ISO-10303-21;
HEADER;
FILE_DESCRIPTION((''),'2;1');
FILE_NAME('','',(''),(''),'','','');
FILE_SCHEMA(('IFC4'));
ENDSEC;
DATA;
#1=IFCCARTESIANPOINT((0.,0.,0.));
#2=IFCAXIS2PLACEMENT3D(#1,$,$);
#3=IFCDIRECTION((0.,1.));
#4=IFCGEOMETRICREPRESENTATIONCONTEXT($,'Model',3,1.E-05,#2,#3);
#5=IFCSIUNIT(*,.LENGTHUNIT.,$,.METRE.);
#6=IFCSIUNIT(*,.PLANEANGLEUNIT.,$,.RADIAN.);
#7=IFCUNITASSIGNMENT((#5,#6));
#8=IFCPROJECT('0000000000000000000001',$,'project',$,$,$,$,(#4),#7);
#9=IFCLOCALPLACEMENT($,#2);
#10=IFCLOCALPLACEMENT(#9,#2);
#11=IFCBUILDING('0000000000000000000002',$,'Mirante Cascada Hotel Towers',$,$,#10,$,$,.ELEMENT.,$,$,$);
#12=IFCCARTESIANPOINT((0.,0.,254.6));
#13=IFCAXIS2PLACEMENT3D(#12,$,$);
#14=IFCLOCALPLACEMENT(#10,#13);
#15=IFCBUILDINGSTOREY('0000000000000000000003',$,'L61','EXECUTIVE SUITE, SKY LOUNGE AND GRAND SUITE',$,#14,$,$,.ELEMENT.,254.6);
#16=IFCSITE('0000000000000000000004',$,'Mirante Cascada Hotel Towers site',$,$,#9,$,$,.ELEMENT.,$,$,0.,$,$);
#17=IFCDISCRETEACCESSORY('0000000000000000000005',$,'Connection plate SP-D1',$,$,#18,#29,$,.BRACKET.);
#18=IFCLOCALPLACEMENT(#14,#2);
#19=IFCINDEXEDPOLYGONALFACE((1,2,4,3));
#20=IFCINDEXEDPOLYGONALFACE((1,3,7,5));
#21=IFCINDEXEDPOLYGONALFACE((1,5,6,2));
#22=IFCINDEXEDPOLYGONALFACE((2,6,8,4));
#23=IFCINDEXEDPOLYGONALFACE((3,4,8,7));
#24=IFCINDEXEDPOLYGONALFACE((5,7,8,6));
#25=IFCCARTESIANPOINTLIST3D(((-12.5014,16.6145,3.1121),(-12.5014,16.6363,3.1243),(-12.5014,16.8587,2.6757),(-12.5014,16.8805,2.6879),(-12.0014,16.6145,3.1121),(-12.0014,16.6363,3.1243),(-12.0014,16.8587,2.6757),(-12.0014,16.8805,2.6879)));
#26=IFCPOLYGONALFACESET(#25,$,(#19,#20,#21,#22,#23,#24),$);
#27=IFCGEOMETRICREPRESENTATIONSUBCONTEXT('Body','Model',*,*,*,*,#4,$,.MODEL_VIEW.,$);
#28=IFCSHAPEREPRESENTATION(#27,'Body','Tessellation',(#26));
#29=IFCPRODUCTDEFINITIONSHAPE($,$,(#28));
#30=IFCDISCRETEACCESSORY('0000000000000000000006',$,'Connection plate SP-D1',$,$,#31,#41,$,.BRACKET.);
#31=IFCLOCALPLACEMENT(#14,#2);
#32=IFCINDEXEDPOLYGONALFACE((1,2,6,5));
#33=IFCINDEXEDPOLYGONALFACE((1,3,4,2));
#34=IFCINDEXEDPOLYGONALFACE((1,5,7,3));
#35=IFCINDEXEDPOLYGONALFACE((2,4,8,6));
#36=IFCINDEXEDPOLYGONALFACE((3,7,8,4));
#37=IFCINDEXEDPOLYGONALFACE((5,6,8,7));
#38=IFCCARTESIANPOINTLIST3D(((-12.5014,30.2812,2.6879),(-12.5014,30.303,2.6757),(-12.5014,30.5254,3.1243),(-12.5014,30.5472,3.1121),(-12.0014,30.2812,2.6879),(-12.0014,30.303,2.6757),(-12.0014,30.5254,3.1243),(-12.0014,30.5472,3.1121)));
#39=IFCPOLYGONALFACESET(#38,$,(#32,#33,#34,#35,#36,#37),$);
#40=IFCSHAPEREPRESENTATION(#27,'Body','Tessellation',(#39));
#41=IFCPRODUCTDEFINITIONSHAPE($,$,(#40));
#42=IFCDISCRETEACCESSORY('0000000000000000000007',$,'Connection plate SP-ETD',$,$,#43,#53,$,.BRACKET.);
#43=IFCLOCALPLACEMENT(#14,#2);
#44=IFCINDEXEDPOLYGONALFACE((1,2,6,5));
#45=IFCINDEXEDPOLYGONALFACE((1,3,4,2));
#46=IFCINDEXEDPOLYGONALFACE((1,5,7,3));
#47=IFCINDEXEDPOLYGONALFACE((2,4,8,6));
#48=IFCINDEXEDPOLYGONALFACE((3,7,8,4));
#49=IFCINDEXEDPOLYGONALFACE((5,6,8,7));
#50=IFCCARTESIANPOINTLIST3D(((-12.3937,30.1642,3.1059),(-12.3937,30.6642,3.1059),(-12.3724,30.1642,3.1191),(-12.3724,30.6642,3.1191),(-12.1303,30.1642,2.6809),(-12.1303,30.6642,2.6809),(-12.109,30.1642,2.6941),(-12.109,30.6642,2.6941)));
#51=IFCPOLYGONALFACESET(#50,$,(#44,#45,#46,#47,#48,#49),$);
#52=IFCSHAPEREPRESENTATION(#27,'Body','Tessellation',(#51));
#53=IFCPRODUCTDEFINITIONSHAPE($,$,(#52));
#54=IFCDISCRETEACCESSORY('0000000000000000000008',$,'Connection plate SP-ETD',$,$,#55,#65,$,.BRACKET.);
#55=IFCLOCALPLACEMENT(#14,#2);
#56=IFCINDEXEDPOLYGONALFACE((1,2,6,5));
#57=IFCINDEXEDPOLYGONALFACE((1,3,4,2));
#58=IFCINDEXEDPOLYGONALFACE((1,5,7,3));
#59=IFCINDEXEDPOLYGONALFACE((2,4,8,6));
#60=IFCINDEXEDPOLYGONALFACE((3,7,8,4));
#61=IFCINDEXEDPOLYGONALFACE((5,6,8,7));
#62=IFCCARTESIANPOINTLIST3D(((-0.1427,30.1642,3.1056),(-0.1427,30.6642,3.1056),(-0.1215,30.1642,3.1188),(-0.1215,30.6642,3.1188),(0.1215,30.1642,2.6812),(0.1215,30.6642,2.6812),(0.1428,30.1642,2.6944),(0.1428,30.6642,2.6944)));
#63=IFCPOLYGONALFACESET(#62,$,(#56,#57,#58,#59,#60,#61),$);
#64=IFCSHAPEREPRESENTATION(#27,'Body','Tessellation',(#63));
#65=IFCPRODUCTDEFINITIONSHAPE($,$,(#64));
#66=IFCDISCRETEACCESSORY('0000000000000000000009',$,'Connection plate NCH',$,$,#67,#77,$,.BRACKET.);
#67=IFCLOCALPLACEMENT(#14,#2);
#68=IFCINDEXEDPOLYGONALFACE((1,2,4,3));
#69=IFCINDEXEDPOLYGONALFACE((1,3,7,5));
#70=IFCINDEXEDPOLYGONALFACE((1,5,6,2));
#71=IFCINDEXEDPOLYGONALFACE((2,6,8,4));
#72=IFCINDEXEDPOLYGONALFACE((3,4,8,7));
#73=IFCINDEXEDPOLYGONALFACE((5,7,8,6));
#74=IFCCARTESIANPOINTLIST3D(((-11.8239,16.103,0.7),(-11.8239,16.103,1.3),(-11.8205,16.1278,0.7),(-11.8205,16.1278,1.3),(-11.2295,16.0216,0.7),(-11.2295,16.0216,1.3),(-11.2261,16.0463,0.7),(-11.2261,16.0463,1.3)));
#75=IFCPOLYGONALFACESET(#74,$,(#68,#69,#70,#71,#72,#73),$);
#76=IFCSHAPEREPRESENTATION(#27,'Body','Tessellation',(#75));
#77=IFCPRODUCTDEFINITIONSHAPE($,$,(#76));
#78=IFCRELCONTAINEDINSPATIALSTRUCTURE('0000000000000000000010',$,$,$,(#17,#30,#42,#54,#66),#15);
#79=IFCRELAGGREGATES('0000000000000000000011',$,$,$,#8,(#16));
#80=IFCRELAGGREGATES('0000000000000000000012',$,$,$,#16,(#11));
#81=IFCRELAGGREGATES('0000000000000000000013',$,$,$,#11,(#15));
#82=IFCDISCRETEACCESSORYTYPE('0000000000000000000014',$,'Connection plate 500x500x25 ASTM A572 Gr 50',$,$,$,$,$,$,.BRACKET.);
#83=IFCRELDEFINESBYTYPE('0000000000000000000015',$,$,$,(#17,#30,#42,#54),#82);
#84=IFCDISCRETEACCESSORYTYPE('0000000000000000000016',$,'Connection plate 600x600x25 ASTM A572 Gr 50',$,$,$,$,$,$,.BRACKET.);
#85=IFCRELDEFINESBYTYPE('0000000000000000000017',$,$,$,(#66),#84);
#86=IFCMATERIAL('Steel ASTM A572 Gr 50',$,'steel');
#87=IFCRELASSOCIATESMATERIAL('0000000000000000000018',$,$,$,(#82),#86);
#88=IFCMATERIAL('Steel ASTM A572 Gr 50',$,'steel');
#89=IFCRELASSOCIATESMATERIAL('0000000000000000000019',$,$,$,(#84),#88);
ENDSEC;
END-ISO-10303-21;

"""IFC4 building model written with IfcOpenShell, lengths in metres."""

from ifc_helpers import new_model, si_unit, direction, frame, origin, origin_2d, place, context, subcontext, project, spatial, rectangle, extrude, material, material_profile, profile_set, type_object, element, save


model = new_model("IFC4")

# Units and contexts
model_context = context("Model", 3, precision=1e-05, world=origin(), true_north=direction((0.0, 1.0)))
body_context = subcontext(model_context, "Body", "Model", "MODEL_VIEW")
ifc_project = project(units=[si_unit("LENGTHUNIT", "METRE"), si_unit("PLANEANGLEUNIT", "RADIAN")], contexts=[model_context])

# Site, building, storey
site_placement = place(None, origin())
site = spatial("IfcSite", under=ifc_project, at=site_placement, Name="Mirante Cascada Hotel Towers site", CompositionType="ELEMENT", RefElevation=0.0)
building_placement = place(site_placement, origin())
building = spatial("IfcBuilding", under=site, at=building_placement, Name="Mirante Cascada Hotel Towers", CompositionType="ELEMENT")
storey_placement = place(building_placement, frame((0.0, 0.0, 254.6)))
storey = spatial("IfcBuildingStorey", under=building, at=storey_placement, Name="L61", Description="EXECUTIVE SUITE, SKY LOUNGE AND GRAND SUITE", CompositionType="ELEMENT", Elevation=254.6)

# Discrete accessories
ifc_material_1 = material(Name="Steel ASTM A572 Gr 50", Category="steel")
ifc_material_profile_1 = material_profile(ifc_material_1, rectangle(XDim=0.5, YDim=0.5, at=origin_2d()), Name="Connection plate 500x500x25 ASTM A572 Gr 50")
ifc_profile_set_1 = profile_set([ifc_material_profile_1], Name="Steel ASTM A572 Gr 50")
discrete_accessory_type_1 = type_object("IfcDiscreteAccessoryType", Name="Connection plate 500x500x25 ASTM A572 Gr 50", PredefinedType="BRACKET", material=ifc_profile_set_1)
for number, where, z_axis, x_axis, name in (
    (1, (-12.2514, 16.7366, 2.8939), (0.0, 0.872642, 0.48836), (-1.0, 0.0, 0.0), "Connection plate SP-D1"),
    (2, (-12.2514, 30.4251, 2.8939), (0.0, -0.872642, 0.48836), (1.0, 0.0, 0.0), "Connection plate SP-D1"),
):
    element("IfcDiscreteAccessory", number, at=place(storey_placement, frame(where, z_axis=z_axis, x_axis=x_axis)), inside=storey, type_object=discrete_accessory_type_1, Name=name, PredefinedType="BRACKET", context=body_context, shape_type="SweptSolid", body=[
        extrude(rectangle(XDim=0.5, YDim=0.5, at=origin_2d()), origin(), (0.0, 0.0, 1.0), 0.025),
    ])
discrete_accessory_1_placement = place(storey_placement, frame((-12.262, 30.4142, 2.8934), z_axis=(0.85001, 0.0, 0.526767), x_axis=(0.0, 1.0, 0.0)))
element("IfcDiscreteAccessory", 3, at=discrete_accessory_1_placement, inside=storey, type_object=discrete_accessory_type_1, Name="Connection plate SP-ETD", PredefinedType="BRACKET", context=body_context, shape_type="SweptSolid", body=[
    extrude(rectangle(XDim=0.5, YDim=0.5, at=origin_2d()), origin(), (0.0, 0.0, 1.0), 0.0251),
])
discrete_accessory_2_placement = place(storey_placement, frame((-0.0106, 30.4142, 2.8934), z_axis=(0.848897, 0.0, 0.528559), x_axis=(0.0, 1.0, 0.0)))
element("IfcDiscreteAccessory", 4, at=discrete_accessory_2_placement, inside=storey, type_object=discrete_accessory_type_1, Name="Connection plate SP-ETD", PredefinedType="BRACKET", context=body_context, shape_type="SweptSolid", body=[
    extrude(rectangle(XDim=0.5, YDim=0.5, at=origin_2d()), origin(), (0.0, 0.0, 1.0), 0.025),
])
ifc_material_2 = material(Name="Steel ASTM A572 Gr 50", Category="steel")
ifc_material_profile_2 = material_profile(ifc_material_2, rectangle(XDim=0.6, YDim=0.6, at=origin_2d()), Name="Connection plate 600x600x25 ASTM A572 Gr 50")
ifc_profile_set_2 = profile_set([ifc_material_profile_2], Name="Steel ASTM A572 Gr 50")
discrete_accessory_type_2 = type_object("IfcDiscreteAccessoryType", Name="Connection plate 600x600x25 ASTM A572 Gr 50", PredefinedType="BRACKET", material=ifc_profile_set_2)
discrete_accessory_3_placement = place(storey_placement, frame((-11.5267, 16.0623, 1.0), z_axis=(0.135826, 0.990733, 0.0), x_axis=(-0.990733, 0.135826, 0.0)))
element("IfcDiscreteAccessory", 5, at=discrete_accessory_3_placement, inside=storey, type_object=discrete_accessory_type_2, Name="Connection plate NCH", PredefinedType="BRACKET", context=body_context, shape_type="SweptSolid", body=[
    extrude(rectangle(XDim=0.6, YDim=0.6, at=origin_2d()), origin(), (0.0, 0.0, 1.0), 0.025),
])

save(model, "model.ifc")
